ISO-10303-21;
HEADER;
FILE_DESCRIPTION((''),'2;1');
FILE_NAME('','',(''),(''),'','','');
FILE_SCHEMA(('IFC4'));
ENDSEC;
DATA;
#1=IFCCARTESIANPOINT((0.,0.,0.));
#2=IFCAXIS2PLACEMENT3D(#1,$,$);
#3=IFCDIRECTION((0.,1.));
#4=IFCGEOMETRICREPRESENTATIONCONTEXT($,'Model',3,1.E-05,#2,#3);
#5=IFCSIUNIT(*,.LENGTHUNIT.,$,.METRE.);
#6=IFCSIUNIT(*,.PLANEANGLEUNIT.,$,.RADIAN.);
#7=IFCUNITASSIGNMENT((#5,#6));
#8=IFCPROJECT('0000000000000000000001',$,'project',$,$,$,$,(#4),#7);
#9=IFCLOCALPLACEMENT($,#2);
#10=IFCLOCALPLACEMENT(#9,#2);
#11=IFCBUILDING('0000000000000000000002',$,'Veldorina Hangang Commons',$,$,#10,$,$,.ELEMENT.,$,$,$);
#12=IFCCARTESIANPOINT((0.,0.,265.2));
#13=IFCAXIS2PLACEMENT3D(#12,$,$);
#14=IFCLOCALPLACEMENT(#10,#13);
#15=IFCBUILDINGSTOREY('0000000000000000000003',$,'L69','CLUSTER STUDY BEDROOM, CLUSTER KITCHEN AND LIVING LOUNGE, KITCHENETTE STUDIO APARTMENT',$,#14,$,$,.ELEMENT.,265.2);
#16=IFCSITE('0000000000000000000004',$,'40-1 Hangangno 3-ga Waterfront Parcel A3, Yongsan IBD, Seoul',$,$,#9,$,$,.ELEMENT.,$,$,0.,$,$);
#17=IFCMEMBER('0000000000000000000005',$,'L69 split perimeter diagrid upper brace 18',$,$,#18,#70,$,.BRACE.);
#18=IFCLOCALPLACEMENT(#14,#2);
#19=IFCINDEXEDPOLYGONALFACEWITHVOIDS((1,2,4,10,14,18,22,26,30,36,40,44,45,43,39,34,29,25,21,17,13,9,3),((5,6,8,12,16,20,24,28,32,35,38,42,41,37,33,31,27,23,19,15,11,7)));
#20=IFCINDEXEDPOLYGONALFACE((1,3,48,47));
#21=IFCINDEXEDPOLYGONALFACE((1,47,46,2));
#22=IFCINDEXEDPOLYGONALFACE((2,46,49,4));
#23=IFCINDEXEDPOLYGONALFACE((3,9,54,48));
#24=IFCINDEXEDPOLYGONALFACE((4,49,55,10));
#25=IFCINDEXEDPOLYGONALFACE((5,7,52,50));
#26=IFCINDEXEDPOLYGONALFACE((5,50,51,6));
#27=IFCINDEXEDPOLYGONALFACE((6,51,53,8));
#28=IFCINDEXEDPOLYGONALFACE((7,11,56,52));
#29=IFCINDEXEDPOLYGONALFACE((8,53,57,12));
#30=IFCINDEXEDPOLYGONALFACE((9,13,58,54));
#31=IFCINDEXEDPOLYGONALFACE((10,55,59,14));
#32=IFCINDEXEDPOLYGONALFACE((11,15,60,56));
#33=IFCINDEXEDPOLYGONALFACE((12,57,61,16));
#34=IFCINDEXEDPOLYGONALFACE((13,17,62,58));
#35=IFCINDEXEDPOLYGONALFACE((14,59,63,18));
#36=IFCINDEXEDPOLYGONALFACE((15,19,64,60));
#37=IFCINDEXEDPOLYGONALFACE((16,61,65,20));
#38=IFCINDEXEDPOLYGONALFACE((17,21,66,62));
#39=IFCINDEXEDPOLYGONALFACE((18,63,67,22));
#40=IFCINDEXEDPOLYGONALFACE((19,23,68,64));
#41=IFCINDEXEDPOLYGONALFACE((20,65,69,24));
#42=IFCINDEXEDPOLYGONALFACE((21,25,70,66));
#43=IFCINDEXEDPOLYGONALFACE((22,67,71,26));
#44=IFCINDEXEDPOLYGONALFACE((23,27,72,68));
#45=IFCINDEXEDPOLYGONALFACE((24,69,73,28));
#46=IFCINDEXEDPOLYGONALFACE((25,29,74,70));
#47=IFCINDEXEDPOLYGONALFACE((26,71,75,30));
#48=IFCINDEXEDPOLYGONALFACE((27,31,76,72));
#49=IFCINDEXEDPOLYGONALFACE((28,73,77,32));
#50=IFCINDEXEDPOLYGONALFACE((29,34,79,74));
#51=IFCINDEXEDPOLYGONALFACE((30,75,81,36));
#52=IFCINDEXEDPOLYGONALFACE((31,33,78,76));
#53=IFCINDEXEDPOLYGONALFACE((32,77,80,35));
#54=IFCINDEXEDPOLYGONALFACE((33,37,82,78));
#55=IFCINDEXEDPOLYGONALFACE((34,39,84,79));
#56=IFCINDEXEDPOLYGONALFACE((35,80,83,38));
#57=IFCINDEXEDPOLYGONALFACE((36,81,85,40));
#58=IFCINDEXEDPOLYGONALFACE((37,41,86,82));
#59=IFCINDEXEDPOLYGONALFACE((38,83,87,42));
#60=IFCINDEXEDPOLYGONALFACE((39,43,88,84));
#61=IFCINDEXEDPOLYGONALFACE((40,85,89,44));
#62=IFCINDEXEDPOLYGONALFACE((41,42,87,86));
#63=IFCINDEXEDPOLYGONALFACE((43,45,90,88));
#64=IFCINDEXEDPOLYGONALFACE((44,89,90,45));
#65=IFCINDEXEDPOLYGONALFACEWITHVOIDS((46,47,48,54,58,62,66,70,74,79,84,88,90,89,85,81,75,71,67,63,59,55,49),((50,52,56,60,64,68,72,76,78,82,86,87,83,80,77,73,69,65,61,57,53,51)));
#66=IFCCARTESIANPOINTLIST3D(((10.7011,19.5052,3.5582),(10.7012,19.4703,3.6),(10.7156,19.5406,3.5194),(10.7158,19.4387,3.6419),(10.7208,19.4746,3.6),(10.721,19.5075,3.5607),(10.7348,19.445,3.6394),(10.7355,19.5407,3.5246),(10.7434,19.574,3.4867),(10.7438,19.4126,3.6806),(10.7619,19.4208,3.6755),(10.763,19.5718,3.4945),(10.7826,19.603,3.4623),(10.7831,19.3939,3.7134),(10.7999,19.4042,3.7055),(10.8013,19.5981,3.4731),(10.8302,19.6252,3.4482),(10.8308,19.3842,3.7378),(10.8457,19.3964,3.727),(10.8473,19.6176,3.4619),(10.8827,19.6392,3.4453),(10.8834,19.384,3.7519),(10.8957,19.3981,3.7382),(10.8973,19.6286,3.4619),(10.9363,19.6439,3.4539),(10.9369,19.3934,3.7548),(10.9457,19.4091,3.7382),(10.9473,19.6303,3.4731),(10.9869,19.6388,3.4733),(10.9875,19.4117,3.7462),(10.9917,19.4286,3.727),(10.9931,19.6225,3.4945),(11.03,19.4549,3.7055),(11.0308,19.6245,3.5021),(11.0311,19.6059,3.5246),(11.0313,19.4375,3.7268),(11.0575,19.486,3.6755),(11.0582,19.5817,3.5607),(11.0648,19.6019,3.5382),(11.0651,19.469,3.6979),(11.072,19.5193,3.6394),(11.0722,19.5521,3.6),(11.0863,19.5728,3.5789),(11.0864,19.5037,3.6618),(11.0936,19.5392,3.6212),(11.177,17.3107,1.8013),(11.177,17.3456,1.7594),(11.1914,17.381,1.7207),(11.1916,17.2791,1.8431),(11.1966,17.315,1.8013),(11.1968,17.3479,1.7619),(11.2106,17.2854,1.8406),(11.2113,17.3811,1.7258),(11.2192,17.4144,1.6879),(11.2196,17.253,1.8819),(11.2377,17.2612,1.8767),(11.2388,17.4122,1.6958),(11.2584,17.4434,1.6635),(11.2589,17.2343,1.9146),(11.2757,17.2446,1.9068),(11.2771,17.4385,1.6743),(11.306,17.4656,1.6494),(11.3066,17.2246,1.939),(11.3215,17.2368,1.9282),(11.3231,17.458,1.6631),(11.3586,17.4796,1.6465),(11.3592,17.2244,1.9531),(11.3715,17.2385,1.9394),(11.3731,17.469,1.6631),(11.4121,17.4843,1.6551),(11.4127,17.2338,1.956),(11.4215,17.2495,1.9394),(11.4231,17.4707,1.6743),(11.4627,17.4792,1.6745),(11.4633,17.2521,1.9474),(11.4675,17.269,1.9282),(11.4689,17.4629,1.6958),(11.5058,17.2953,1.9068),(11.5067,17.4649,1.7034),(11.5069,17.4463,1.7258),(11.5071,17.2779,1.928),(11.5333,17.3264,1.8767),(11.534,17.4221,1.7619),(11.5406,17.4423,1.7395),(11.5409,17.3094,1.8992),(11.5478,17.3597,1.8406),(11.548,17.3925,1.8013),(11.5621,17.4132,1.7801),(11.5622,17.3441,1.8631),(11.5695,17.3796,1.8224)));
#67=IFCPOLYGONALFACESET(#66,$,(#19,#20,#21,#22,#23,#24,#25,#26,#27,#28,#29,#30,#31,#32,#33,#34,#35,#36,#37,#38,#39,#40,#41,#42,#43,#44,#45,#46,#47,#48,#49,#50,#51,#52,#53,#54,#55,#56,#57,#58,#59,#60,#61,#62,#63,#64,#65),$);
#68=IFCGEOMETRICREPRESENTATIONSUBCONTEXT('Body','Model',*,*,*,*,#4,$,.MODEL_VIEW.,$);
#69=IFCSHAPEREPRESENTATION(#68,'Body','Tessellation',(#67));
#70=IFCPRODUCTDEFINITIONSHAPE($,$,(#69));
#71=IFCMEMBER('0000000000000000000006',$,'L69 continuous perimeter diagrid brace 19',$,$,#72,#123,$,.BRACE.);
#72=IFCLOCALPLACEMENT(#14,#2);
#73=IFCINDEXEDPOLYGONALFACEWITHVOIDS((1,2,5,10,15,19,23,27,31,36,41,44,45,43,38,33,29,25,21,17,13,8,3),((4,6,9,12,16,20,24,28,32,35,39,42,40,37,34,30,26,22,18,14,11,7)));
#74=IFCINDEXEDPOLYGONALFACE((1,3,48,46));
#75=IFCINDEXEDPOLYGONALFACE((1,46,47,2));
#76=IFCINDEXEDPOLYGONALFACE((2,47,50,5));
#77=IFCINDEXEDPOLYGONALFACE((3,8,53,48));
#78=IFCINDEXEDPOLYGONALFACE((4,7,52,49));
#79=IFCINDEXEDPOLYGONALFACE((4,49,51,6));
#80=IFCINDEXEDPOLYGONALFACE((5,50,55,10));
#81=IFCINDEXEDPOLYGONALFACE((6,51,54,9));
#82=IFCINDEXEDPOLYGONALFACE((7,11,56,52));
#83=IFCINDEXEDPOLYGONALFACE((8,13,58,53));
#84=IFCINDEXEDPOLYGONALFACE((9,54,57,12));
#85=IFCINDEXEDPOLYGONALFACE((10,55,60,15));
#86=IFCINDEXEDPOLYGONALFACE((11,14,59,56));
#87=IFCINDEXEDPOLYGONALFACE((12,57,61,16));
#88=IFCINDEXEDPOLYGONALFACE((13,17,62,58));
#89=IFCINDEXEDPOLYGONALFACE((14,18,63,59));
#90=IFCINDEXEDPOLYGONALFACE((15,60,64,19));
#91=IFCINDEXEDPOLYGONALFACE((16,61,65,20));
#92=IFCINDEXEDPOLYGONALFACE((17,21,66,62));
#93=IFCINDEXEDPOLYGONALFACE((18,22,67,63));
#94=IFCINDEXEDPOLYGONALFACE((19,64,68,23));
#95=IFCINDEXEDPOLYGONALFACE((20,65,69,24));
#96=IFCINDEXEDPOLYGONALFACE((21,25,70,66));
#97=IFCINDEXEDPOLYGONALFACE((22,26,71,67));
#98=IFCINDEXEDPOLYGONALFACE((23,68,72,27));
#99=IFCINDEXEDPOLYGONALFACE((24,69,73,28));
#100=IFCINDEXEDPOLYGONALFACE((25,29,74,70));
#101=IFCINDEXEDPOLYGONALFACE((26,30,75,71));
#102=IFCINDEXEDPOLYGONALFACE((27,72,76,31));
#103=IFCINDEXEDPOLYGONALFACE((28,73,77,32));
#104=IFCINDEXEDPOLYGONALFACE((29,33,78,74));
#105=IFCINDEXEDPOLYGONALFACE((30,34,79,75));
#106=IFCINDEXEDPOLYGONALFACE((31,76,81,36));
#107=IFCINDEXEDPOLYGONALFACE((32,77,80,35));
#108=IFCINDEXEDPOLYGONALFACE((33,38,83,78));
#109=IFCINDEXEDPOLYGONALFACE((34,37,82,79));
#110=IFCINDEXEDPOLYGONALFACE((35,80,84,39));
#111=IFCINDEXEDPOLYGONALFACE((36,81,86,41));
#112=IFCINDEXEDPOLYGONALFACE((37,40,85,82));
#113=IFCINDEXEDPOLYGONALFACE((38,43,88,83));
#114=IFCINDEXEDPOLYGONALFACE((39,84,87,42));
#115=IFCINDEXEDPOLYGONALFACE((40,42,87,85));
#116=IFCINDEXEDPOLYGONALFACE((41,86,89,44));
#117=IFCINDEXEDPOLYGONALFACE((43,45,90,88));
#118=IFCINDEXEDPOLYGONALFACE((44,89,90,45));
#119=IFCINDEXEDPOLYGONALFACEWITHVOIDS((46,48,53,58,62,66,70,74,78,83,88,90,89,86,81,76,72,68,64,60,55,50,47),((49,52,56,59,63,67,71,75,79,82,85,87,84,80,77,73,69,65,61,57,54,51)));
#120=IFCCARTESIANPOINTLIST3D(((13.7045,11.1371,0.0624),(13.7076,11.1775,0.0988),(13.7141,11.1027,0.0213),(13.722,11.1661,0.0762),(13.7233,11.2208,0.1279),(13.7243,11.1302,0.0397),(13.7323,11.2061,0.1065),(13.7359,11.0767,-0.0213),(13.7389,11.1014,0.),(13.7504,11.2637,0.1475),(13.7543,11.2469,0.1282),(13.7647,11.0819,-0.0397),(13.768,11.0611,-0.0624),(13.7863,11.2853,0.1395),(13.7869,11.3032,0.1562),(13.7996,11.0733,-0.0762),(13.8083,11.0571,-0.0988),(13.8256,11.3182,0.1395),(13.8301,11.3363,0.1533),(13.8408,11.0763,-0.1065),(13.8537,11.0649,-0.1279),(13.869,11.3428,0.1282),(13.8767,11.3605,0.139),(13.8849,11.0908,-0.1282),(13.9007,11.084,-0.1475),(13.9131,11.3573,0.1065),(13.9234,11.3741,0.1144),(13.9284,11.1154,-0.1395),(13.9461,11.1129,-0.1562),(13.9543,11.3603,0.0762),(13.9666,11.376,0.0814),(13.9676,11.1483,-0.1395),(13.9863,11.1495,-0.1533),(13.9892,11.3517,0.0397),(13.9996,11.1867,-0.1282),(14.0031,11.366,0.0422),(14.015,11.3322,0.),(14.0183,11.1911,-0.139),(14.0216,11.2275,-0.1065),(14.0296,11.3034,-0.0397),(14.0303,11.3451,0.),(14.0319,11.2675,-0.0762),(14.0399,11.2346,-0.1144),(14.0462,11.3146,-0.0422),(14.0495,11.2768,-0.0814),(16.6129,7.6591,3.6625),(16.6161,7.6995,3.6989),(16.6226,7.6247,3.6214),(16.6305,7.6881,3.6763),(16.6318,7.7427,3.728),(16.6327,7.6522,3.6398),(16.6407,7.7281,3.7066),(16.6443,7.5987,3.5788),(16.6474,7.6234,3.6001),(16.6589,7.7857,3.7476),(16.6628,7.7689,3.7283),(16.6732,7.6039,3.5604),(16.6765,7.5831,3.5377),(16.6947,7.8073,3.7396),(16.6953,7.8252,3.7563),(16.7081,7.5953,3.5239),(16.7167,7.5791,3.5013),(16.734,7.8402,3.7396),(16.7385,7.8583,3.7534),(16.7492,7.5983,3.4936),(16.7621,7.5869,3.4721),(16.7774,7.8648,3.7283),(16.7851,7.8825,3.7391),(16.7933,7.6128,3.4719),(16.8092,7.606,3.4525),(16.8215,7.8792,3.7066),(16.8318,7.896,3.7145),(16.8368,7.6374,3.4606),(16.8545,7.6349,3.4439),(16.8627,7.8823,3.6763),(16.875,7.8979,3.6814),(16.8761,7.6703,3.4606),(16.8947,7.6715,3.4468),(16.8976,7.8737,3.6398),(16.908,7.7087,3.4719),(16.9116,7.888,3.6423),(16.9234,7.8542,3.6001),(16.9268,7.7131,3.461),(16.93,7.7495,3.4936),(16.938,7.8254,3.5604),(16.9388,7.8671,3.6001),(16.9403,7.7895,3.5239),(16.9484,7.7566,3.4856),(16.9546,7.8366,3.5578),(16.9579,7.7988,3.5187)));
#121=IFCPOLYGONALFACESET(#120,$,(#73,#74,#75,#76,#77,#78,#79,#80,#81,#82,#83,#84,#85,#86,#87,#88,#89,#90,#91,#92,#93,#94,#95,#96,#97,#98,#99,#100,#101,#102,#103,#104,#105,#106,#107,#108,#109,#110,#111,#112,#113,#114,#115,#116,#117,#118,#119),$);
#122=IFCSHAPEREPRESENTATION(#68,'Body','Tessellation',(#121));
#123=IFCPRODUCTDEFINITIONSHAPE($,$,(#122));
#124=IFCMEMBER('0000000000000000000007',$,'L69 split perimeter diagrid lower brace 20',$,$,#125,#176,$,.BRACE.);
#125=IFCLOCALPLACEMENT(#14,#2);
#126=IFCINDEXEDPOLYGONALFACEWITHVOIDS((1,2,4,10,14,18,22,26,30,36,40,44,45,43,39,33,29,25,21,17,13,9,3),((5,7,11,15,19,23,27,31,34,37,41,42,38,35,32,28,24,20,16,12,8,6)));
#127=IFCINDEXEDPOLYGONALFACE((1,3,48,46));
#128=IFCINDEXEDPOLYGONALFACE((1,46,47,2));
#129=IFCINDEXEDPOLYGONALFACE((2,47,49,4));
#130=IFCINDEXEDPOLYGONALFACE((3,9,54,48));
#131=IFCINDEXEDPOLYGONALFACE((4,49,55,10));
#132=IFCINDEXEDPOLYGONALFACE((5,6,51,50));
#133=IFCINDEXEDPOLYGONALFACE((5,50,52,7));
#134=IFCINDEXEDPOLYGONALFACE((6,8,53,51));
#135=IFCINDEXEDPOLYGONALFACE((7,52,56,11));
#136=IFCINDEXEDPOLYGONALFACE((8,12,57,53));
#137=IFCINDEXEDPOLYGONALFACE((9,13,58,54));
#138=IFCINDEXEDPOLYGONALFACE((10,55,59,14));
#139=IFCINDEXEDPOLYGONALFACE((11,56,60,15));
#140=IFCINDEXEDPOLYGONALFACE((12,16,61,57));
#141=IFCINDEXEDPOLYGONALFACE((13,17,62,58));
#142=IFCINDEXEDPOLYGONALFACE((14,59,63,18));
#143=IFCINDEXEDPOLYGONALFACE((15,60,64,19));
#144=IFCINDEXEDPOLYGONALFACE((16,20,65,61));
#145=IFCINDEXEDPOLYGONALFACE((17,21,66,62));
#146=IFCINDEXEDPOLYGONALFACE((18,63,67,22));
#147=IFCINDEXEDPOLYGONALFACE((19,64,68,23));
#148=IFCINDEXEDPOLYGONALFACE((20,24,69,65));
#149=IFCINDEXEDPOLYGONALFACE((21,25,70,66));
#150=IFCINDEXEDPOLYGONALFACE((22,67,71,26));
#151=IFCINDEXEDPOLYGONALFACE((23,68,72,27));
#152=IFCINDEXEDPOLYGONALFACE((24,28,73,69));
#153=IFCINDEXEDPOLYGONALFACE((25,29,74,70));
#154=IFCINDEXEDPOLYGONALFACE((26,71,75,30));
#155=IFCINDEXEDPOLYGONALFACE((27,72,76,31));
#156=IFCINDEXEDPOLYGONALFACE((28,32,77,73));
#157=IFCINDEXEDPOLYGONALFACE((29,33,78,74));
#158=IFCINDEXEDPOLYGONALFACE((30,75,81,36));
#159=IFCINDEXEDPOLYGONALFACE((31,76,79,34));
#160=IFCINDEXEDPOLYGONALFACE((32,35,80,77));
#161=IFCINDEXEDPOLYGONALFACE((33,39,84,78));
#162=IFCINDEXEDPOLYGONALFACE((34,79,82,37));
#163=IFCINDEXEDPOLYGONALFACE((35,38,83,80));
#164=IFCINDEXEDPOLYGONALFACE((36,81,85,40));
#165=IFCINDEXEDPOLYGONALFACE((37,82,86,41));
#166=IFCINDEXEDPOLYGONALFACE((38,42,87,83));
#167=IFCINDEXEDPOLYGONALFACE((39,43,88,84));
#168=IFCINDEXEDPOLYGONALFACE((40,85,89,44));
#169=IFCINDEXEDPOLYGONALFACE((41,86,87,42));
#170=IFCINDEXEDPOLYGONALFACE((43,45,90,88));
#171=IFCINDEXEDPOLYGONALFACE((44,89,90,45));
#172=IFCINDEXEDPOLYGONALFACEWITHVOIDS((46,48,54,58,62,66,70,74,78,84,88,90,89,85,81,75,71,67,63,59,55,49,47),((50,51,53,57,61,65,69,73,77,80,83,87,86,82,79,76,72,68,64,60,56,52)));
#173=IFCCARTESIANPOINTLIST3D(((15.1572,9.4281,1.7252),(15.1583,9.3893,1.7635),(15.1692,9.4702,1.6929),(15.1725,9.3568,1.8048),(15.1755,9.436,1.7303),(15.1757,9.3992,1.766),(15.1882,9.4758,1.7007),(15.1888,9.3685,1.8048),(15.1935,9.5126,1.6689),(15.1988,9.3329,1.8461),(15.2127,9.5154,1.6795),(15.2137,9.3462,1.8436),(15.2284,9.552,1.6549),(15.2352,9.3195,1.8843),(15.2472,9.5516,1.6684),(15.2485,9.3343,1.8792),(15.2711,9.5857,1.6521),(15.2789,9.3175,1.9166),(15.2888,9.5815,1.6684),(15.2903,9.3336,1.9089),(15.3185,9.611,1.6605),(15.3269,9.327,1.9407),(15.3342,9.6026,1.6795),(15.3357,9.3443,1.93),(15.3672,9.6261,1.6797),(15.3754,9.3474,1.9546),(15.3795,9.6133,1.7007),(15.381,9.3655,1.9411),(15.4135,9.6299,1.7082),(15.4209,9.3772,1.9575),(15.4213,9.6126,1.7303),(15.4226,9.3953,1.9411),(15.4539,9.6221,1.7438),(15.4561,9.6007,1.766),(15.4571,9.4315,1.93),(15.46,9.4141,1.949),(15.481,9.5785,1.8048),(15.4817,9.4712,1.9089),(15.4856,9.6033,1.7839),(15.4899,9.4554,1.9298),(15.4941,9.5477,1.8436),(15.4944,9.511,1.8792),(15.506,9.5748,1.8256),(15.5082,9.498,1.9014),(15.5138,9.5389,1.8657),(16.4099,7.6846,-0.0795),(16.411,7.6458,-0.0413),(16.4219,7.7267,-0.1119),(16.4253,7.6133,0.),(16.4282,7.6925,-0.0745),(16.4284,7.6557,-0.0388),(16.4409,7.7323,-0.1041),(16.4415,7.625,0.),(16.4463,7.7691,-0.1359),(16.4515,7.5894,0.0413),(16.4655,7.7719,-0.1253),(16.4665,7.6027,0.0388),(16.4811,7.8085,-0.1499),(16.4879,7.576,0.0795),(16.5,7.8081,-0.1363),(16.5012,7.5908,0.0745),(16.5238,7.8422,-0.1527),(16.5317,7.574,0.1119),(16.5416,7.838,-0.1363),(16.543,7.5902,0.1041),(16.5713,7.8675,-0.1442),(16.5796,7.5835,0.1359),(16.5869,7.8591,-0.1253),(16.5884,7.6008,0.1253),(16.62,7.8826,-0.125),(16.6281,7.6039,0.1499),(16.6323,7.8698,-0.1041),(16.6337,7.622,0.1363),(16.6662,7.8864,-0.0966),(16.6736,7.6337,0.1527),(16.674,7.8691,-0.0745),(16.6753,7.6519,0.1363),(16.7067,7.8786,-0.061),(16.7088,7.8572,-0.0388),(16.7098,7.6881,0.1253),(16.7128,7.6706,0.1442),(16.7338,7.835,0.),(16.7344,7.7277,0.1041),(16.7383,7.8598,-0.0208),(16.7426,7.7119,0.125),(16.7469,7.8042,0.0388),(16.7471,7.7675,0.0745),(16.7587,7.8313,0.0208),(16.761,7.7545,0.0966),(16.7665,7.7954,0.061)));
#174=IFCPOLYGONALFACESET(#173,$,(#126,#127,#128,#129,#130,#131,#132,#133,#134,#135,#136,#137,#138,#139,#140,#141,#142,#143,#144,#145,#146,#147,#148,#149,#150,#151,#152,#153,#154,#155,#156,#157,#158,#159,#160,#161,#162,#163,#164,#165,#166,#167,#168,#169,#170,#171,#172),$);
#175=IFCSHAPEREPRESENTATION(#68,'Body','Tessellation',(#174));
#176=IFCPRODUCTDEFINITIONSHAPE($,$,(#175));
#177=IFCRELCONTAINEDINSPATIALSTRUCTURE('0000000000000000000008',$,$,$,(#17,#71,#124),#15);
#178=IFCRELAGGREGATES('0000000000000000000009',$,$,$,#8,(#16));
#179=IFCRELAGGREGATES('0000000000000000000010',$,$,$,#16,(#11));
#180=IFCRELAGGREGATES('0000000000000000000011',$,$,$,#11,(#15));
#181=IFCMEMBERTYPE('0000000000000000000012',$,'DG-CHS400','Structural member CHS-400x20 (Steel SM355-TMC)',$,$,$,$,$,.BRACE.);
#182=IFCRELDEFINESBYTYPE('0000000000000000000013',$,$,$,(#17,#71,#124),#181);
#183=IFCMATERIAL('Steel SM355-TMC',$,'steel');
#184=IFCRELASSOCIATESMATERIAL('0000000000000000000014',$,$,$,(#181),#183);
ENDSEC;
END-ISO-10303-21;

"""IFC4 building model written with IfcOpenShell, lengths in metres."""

from ifc_helpers import new_model, si_unit, direction, frame, origin, origin_2d, place, context, subcontext, project, spatial, hollow_circle, extrude, material, material_profile, profile_set, type_object, element, save


model = new_model("IFC4")

# Units and contexts
model_context = context("Model", 3, precision=1e-05, world=origin(), true_north=direction((0.0, 1.0)))
body_context = subcontext(model_context, "Body", "Model", "MODEL_VIEW")
ifc_project = project(units=[si_unit("LENGTHUNIT", "METRE"), si_unit("PLANEANGLEUNIT", "RADIAN")], contexts=[model_context])

# Site, building, storey
site_placement = place(None, origin())
site = spatial("IfcSite", under=ifc_project, at=site_placement, Name="40-1 Hangangno 3-ga Waterfront Parcel A3, Yongsan IBD, Seoul", CompositionType="ELEMENT", RefElevation=0.0)
building_placement = place(site_placement, origin())
building = spatial("IfcBuilding", under=site, at=building_placement, Name="Veldorina Hangang Commons", CompositionType="ELEMENT")
storey_placement = place(building_placement, frame((0.0, 0.0, 265.2)))
storey = spatial("IfcBuildingStorey", under=building, at=storey_placement, Name="L69", Description="CLUSTER STUDY BEDROOM, CLUSTER KITCHEN AND LIVING LOUNGE, KITCHENETTE STUDIO APARTMENT", CompositionType="ELEMENT", Elevation=265.2)

# Shared definitions
ifc_material_1 = material(Name="Steel SM355-TMC", Category="steel")

# Members
ifc_material_profile_1 = material_profile(ifc_material_1, hollow_circle(Radius=0.2, WallThickness=0.02, at=origin_2d()), Name="CHS-400x20")
ifc_profile_set_1 = profile_set([ifc_material_profile_1], Name="Steel SM355-TMC")
member_type_1 = type_object("IfcMemberType", Name="DG-CHS400", Description="Structural member CHS-400x20 (Steel SM355-TMC)", PredefinedType="BRACE", material=ifc_profile_set_1)
member_1_placement = place(storey_placement, frame((11.3723, 17.3538, 1.8013), z_axis=(-0.166918, 0.757598, 0.631018), x_axis=(-0.976578, -0.215165, 0.0)))
element("IfcMember", 1, at=member_1_placement, inside=storey, type_object=member_type_1, Name="L69 split perimeter diagrid upper brace 18", PredefinedType="BRACE", context=body_context, shape_type="SweptSolid", body=[
    extrude(hollow_circle(Radius=0.2, WallThickness=0.02, at=origin_2d()), origin(), (0.0, 0.0, 1.0), 2.8506),
])
member_2_placement = place(storey_placement, frame((13.877, 11.2168, 0.0), z_axis=(0.50238, -0.600764, 0.62185), x_axis=(0.767126, 0.641497, 0.0)))
element("IfcMember", 2, at=member_2_placement, inside=storey, type_object=member_type_1, Name="L69 continuous perimeter diagrid brace 19", PredefinedType="BRACE", context=body_context, shape_type="SweptSolid", body=[
    extrude(hollow_circle(Radius=0.2, WallThickness=0.02, at=origin_2d()), origin(), (0.0, 0.0, 1.0), 5.7893),
])
member_3_placement = place(storey_placement, frame((16.5876, 7.73, 0.0), z_axis=(-0.446659, 0.621632, 0.643482), x_axis=(-0.812101, -0.583517, 0.0)))
element("IfcMember", 3, at=member_3_placement, inside=storey, type_object=member_type_1, Name="L69 split perimeter diagrid lower brace 20", PredefinedType="BRACE", context=body_context, shape_type="SweptSolid", body=[
    extrude(hollow_circle(Radius=0.2, WallThickness=0.02, at=origin_2d()), origin(), (0.0, 0.0, 1.0), 2.8047),
])

save(model, "model.ifc")
